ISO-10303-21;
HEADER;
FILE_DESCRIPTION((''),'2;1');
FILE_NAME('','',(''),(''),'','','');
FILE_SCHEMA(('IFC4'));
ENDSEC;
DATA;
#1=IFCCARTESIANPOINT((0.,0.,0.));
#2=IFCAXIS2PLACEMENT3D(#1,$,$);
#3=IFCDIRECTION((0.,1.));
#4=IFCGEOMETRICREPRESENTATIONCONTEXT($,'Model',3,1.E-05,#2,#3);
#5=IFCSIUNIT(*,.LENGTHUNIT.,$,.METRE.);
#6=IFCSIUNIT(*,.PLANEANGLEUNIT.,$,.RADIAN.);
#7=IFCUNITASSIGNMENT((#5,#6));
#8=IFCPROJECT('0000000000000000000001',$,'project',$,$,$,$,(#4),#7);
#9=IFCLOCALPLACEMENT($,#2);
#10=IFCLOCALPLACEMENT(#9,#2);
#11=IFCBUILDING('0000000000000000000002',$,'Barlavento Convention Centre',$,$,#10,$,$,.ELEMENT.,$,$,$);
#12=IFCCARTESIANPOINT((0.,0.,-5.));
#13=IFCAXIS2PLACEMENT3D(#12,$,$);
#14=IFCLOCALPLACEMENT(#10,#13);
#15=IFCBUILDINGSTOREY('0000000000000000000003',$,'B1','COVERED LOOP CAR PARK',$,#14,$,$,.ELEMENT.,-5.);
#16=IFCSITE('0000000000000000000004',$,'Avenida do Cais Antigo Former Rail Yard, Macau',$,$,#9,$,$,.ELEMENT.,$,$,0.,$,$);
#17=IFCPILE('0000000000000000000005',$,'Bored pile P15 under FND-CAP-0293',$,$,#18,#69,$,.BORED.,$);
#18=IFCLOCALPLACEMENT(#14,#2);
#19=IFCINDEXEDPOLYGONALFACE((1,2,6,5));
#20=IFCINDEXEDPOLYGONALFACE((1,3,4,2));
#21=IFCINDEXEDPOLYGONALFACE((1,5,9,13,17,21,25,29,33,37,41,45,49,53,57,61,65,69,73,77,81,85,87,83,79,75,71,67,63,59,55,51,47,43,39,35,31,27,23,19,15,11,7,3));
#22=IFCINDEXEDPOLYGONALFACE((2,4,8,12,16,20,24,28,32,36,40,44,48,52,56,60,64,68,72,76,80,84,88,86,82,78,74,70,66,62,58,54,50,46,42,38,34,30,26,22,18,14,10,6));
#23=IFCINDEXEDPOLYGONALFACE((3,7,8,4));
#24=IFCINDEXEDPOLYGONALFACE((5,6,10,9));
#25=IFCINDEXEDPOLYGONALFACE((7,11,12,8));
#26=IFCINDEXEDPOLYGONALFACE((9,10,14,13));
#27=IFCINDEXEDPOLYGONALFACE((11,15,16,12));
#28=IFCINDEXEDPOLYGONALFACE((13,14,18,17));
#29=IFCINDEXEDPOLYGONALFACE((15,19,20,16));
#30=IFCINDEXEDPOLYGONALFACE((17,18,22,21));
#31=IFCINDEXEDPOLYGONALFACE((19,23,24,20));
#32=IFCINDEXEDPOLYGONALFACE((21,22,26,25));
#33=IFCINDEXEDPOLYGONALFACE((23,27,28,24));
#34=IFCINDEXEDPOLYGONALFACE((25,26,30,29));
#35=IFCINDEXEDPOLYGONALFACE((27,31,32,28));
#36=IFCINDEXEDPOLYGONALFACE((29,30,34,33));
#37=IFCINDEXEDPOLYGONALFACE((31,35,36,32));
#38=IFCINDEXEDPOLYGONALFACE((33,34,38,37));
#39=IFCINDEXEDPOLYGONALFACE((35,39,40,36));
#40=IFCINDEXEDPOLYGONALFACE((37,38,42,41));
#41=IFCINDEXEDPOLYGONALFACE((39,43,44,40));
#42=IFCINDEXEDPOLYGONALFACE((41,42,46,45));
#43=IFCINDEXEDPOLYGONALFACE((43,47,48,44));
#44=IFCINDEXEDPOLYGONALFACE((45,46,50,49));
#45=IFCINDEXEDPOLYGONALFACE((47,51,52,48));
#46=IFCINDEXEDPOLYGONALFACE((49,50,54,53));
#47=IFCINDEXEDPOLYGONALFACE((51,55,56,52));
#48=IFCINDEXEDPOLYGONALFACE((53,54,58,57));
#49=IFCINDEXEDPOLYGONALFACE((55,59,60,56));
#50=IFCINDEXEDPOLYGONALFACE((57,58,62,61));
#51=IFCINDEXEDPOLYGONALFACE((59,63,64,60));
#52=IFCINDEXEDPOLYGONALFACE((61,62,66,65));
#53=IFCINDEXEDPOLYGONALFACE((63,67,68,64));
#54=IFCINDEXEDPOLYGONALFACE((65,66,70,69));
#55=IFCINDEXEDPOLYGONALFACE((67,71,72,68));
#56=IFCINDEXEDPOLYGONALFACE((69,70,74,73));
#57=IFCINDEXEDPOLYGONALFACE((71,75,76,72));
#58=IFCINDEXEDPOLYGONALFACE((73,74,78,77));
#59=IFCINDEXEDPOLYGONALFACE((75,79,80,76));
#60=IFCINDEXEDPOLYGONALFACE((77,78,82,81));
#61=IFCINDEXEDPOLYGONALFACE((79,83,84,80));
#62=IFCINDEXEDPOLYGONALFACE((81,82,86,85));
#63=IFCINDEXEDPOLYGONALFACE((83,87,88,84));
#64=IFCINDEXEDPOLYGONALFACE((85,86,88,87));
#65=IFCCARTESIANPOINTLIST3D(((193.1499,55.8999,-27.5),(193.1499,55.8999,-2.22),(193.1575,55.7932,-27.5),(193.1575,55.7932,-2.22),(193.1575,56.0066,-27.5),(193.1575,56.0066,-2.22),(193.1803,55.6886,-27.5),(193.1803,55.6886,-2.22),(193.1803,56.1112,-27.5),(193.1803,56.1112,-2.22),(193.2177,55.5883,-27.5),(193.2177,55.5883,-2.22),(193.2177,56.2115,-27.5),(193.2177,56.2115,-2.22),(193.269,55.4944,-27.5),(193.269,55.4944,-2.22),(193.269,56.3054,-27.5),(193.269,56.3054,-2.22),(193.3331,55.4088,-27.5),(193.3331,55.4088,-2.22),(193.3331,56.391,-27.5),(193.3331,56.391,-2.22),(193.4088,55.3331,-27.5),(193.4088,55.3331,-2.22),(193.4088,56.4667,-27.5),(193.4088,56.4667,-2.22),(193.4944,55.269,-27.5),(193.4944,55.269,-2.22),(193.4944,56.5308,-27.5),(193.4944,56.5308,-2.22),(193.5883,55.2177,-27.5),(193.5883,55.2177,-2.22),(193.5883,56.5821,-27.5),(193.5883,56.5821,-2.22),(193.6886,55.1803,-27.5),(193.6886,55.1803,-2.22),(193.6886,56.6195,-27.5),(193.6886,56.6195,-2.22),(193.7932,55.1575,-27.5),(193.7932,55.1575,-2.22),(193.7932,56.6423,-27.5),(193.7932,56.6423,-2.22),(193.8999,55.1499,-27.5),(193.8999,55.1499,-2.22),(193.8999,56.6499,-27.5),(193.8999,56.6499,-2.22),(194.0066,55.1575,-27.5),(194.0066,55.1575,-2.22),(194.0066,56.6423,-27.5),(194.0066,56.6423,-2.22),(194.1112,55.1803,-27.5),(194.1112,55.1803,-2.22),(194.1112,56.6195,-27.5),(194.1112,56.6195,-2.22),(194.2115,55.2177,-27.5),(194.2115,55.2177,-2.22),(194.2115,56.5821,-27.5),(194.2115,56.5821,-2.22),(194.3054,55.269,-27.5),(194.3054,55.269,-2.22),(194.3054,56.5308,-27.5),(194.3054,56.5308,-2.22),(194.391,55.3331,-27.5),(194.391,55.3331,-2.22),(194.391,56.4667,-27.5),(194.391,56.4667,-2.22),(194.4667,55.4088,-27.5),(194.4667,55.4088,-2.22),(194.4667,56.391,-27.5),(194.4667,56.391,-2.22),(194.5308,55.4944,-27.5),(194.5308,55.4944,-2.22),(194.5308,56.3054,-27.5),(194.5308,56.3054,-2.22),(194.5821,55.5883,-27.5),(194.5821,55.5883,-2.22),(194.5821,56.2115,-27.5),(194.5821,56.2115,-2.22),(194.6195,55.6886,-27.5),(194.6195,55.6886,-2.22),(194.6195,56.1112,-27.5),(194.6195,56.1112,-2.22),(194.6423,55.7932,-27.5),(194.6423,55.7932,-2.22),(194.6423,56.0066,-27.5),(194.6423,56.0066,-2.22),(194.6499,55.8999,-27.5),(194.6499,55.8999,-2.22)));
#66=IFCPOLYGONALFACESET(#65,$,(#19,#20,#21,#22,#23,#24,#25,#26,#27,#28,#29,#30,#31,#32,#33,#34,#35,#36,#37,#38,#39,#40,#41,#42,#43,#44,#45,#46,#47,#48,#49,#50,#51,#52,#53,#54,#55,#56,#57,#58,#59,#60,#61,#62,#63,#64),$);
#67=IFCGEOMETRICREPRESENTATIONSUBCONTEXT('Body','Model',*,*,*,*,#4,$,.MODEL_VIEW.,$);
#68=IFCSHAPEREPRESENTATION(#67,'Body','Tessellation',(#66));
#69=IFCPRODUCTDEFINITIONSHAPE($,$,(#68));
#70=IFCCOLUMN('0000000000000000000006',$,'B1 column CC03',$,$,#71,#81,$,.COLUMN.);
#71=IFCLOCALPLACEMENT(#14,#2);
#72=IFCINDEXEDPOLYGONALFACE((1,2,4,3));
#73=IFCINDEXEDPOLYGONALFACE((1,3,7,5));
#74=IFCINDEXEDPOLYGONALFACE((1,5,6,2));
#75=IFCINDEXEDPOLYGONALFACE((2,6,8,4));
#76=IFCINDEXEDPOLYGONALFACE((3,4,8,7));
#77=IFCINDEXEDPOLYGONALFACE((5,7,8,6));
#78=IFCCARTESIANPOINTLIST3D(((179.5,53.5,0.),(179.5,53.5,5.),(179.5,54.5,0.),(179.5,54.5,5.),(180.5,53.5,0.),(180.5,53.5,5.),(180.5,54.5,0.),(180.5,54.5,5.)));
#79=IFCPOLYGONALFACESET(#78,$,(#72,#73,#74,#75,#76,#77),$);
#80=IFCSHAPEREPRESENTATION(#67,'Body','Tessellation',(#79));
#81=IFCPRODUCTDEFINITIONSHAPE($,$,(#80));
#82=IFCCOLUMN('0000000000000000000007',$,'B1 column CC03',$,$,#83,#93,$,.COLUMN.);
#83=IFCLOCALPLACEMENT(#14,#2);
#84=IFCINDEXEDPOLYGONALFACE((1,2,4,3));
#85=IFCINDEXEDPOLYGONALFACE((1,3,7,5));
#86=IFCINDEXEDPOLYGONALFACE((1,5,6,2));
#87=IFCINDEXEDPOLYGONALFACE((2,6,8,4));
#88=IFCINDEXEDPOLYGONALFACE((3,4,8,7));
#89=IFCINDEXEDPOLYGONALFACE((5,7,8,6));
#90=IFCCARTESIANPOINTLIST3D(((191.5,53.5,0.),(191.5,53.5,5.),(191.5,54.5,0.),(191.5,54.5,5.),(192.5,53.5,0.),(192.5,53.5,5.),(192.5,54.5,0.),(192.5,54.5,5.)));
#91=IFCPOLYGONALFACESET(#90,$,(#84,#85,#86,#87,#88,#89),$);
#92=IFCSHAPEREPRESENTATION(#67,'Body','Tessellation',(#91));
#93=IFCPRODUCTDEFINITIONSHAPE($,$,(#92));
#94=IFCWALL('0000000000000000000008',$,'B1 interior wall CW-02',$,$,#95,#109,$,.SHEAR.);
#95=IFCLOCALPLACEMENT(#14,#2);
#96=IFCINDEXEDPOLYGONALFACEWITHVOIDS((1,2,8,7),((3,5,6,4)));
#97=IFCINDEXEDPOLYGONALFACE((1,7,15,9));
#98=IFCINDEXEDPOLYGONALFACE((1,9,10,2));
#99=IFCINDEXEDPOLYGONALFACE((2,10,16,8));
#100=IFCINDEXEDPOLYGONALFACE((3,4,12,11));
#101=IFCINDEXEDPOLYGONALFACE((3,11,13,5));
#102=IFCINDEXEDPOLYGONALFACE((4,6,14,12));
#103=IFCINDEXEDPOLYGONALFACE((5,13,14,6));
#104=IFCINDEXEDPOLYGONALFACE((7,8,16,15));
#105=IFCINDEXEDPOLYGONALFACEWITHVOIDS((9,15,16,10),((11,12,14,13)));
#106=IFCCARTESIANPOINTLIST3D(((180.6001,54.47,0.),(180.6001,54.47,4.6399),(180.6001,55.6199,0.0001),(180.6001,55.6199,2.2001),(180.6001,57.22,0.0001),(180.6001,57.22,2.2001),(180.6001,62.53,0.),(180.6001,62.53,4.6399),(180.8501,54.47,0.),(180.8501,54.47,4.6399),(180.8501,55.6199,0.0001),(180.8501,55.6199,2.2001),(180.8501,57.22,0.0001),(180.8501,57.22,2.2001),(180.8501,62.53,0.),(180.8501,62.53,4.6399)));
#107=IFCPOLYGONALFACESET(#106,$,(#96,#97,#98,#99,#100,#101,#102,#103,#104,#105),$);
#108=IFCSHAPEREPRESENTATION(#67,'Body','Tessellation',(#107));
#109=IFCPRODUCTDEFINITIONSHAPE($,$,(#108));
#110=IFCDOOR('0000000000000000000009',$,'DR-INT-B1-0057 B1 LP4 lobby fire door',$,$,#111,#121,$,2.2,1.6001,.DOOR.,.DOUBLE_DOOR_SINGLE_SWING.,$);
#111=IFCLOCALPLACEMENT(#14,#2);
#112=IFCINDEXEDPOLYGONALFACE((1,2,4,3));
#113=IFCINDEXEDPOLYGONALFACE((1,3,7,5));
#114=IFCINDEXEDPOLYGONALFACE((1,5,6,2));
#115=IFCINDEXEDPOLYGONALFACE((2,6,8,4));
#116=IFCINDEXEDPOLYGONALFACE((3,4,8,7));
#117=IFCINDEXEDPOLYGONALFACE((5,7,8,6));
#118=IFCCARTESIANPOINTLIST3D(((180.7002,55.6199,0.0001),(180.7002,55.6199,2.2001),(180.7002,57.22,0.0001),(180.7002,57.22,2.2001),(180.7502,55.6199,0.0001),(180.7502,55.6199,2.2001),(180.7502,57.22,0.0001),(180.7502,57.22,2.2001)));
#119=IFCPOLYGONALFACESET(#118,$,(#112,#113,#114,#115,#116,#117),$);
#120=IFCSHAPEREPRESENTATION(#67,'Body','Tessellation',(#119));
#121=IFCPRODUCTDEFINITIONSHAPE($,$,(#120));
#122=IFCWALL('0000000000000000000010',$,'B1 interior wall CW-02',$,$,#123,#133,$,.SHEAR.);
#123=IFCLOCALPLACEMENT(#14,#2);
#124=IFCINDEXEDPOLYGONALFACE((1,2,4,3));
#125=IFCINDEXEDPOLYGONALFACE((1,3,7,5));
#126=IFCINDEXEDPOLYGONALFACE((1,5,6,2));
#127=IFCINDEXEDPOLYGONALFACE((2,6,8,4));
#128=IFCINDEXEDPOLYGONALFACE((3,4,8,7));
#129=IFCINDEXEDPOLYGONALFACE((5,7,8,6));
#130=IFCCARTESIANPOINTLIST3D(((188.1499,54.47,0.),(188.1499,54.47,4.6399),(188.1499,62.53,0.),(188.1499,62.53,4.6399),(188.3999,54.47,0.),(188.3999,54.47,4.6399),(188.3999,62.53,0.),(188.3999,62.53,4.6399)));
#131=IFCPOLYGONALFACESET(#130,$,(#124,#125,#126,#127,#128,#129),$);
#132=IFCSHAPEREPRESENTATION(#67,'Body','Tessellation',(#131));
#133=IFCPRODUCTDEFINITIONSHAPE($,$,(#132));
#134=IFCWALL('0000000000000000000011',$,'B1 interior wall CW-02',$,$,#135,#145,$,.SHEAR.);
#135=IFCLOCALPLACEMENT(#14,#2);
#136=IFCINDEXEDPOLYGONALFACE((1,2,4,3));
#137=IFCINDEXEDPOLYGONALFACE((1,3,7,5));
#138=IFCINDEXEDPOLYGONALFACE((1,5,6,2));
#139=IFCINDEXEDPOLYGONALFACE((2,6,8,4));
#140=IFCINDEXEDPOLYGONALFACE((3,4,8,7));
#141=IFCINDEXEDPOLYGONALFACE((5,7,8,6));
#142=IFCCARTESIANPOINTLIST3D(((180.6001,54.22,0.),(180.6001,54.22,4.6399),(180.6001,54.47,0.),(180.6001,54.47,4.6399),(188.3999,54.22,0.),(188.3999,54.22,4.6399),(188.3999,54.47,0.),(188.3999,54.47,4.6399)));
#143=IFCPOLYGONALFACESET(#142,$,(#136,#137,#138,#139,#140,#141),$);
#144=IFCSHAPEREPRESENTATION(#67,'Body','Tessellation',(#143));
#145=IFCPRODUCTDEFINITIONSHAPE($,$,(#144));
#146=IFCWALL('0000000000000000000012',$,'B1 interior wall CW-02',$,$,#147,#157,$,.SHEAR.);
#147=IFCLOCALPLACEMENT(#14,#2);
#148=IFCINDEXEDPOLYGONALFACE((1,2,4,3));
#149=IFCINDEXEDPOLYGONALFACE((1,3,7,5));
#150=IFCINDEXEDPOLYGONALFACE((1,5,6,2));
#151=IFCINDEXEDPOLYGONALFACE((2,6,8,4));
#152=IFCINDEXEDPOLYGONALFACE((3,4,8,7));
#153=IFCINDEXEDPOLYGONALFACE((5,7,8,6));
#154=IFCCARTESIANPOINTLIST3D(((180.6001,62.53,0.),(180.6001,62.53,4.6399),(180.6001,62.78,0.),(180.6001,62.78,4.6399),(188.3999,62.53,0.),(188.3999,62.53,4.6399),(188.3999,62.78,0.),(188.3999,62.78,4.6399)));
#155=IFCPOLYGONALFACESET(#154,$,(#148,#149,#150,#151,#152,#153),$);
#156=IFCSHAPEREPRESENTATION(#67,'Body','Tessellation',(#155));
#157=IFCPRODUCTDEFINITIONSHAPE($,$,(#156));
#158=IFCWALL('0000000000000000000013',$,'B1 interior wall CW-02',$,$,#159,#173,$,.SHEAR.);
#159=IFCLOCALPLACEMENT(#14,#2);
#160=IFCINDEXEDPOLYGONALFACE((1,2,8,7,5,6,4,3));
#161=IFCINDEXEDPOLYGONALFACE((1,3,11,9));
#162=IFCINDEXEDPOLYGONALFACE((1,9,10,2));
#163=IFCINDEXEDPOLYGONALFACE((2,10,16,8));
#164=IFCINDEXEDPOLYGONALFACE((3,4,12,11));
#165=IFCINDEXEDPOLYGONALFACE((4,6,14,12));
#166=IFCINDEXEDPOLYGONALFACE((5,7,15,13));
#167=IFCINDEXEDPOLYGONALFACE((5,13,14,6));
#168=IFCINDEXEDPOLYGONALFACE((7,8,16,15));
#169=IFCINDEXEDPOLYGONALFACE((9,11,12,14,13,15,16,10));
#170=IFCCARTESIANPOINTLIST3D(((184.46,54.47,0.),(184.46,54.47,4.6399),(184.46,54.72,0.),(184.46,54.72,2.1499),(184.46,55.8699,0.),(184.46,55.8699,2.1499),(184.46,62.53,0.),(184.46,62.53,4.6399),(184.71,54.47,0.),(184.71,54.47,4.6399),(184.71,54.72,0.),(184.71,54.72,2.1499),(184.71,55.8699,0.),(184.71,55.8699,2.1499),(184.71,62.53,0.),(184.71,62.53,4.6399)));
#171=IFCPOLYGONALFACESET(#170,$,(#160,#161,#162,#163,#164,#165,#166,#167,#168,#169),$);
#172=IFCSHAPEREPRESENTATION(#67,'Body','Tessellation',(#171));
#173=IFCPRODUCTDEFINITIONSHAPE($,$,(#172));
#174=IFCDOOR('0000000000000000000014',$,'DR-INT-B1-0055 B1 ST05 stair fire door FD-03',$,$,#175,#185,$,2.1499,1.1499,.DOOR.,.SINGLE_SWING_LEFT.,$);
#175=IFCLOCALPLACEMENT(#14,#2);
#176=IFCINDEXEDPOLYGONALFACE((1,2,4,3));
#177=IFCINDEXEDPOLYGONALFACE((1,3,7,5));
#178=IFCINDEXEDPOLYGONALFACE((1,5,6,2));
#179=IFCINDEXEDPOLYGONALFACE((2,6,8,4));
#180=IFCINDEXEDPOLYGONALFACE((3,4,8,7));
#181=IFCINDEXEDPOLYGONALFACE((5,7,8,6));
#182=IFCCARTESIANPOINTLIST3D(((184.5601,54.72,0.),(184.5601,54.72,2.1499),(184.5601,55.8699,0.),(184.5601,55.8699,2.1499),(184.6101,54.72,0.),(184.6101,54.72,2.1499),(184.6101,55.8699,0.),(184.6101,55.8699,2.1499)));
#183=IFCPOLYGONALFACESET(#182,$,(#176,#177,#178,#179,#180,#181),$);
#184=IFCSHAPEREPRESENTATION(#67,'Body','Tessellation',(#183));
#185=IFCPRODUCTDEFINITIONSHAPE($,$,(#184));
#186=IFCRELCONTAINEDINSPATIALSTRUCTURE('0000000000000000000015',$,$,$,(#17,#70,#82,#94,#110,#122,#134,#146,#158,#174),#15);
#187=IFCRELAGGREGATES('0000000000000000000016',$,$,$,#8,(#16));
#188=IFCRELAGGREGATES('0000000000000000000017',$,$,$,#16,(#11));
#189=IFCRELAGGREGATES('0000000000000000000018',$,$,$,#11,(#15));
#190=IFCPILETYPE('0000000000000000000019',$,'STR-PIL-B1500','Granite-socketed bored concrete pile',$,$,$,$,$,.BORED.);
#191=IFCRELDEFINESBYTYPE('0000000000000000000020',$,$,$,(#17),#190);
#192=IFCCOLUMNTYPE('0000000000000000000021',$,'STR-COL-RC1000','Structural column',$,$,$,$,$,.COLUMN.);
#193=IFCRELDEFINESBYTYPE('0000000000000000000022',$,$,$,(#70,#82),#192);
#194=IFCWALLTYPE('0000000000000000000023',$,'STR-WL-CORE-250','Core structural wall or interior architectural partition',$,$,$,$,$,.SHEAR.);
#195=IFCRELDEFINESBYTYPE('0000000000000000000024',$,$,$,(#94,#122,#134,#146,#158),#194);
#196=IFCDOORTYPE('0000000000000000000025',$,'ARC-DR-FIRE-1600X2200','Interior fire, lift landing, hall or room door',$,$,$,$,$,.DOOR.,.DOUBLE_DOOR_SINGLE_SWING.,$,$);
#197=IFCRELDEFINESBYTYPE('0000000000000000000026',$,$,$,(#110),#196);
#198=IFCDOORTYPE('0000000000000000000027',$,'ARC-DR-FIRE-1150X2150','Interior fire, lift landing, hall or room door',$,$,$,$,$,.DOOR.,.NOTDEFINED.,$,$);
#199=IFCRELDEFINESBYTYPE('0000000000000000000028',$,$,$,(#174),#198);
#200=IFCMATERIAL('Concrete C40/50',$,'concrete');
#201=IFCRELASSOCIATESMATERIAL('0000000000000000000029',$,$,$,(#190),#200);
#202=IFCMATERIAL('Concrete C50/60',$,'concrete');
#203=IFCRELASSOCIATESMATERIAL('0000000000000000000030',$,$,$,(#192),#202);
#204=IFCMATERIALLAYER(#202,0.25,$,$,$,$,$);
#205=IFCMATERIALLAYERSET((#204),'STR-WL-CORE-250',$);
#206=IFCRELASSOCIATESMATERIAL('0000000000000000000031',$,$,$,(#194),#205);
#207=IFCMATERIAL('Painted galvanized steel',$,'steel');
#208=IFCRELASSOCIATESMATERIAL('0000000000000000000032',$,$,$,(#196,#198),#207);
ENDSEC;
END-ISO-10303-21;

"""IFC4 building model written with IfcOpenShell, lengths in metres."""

from ifc_helpers import new_model, si_unit, direction, frame, frame_2d, origin, origin_2d, place, context, subcontext, project, spatial, rectangle, circle, extrude, material, layer, layer_set, material_profile, profile_set, type_object, element, fill, save


model = new_model("IFC4")

# Units and contexts
model_context = context("Model", 3, precision=1e-05, world=origin(), true_north=direction((0.0, 1.0)))
body_context = subcontext(model_context, "Body", "Model", "MODEL_VIEW")
ifc_project = project(units=[si_unit("LENGTHUNIT", "METRE"), si_unit("PLANEANGLEUNIT", "RADIAN")], contexts=[model_context])

# Site, building, storey
site_placement = place(None, origin())
site = spatial("IfcSite", under=ifc_project, at=site_placement, Name="Avenida do Cais Antigo Former Rail Yard, Macau", CompositionType="ELEMENT", RefElevation=0.0)
building_placement = place(site_placement, origin())
building = spatial("IfcBuilding", under=site, at=building_placement, Name="Barlavento Convention Centre", CompositionType="ELEMENT")
storey_placement = place(building_placement, frame((0.0, 0.0, -5.0)))
storey = spatial("IfcBuildingStorey", under=building, at=storey_placement, Name="B1", Description="COVERED LOOP CAR PARK", CompositionType="ELEMENT", Elevation=-5.0)

# Shared definitions
ifc_material_1 = material(Name="Concrete C40/50", Category="concrete")

# Pile
ifc_material_profile_1 = material_profile(ifc_material_1, circle(Radius=0.75, at=origin_2d()), Name="BORED PILE 1500")
ifc_profile_set_1 = profile_set([ifc_material_profile_1], Name="Concrete C40/50")
pile_type_1 = type_object("IfcPileType", Name="STR-PIL-B1500", Description="Granite-socketed bored concrete pile", PredefinedType="BORED", material=ifc_profile_set_1)
for number, where, z_axis, x_axis, name in (
    (1, (193.8999, 55.8999, -2.22), (0.0, 0.0, -1.0), (1.0, 0.0, 0.0), "Bored pile P15 under FND-CAP-0293"),
):
    element("IfcPile", number, at=place(storey_placement, frame(where, z_axis=z_axis, x_axis=x_axis)), inside=storey, type_object=pile_type_1, Name=name, PredefinedType="BORED", context=body_context, shape_type="SweptSolid", body=[
        extrude(circle(Radius=0.75, at=origin_2d()), origin(), (0.0, 0.0, 1.0), 25.28),
    ])

# Columns
ifc_material_2 = material(Name="Concrete C50/60", Category="concrete")
ifc_material_profile_2 = material_profile(ifc_material_2, rectangle(XDim=1.0, YDim=1.0, at=origin_2d()), Name="RC 1000x1000")
ifc_profile_set_2 = profile_set([ifc_material_profile_2], Name="Concrete C50/60")
column_type = type_object("IfcColumnType", Name="STR-COL-RC1000", Description="Structural column", PredefinedType="COLUMN", material=ifc_profile_set_2)
for number, where, z_axis, x_axis, name in (
    (2, (180.0, 54.0, 0.0), (0.0, 0.0, 1.0), (1.0, 0.0, 0.0), "B1 column CC03"),
    (3, (192.0, 54.0, 0.0), (0.0, 0.0, 1.0), (1.0, 0.0, 0.0), "B1 column CC03"),
):
    element("IfcColumn", number, at=place(storey_placement, frame(where, z_axis=z_axis, x_axis=x_axis)), inside=storey, type_object=column_type, Name=name, PredefinedType="COLUMN", context=body_context, shape_type="SweptSolid", body=[
        extrude(rectangle(XDim=1.0, YDim=1.0, at=origin_2d()), origin(), (0.0, 0.0, 1.0), 5.0),
    ])

# Wall, opening, door
ifc_layer = layer(ifc_material_2, 0.25)
ifc_layer_set = layer_set([ifc_layer], Name="STR-WL-CORE-250")
wall_type = type_object("IfcWallType", Name="STR-WL-CORE-250", Description="Core structural wall or interior architectural partition", PredefinedType="SHEAR", material=ifc_layer_set)
wall_1_placement = place(storey_placement, frame((180.7251, 54.47, 0.0), z_axis=(0.0, 0.0, 1.0), x_axis=(0.0, 1.0, 0.0)))
wall_1 = element("IfcWall", 4, at=wall_1_placement, inside=storey, type_object=wall_type, Name="B1 interior wall CW-02", PredefinedType="SHEAR", context=body_context, shape_type="SweptSolid", body=[
    extrude(rectangle(XDim=8.0601, YDim=0.25, at=frame_2d((4.03, 0.0))), origin(), (0.0, 0.0, 1.0), 4.6399),
])
opening_1_placement = place(wall_1_placement, frame((1.1499, 0.0, 0.0)))
opening_1 = element("IfcOpeningElement", 5, at=opening_1_placement, cuts=wall_1, PredefinedType="OPENING", context=body_context, shape_type="SweptSolid", body=[
    extrude(rectangle(XDim=1.6001, YDim=2.2, at=frame_2d((0.8, 1.1001))), frame((0.0, 0.135, 0.0), z_axis=(0.0, -1.0, 0.0), x_axis=(1.0, 0.0, 0.0)), (0.0, 0.0, 1.0), 0.27),
])
ifc_material_3 = material(Name="Painted galvanized steel", Category="steel")
door_type_1 = type_object("IfcDoorType", Name="ARC-DR-FIRE-1600X2200", Description="Interior fire, lift landing, hall or room door", OperationType="DOUBLE_DOOR_SINGLE_SWING", PredefinedType="DOOR", material=ifc_material_3)
door_1_placement = place(opening_1_placement, origin())
door_1 = element("IfcDoor", 6, at=door_1_placement, inside=storey, type_object=door_type_1, Name="DR-INT-B1-0057 B1 LP4 lobby fire door", OperationType="DOUBLE_DOOR_SINGLE_SWING", OverallHeight=2.2, OverallWidth=1.6001, PredefinedType="DOOR", context=body_context, shape_type="SweptSolid", body=[
    extrude(rectangle(XDim=1.6001, YDim=2.2, at=frame_2d((0.8, 1.1001))), frame((0.0, 0.0249, 0.0), z_axis=(0.0, -1.0, 0.0), x_axis=(1.0, 0.0, 0.0)), (0.0, 0.0, 1.0), 0.05),
])
fill(opening_1, door_1)

# Walls
wall_2_placement = place(storey_placement, frame((188.2749, 54.47, 0.0), z_axis=(0.0, 0.0, 1.0), x_axis=(0.0, 1.0, 0.0)))
element("IfcWall", 7, at=wall_2_placement, inside=storey, type_object=wall_type, Name="B1 interior wall CW-02", PredefinedType="SHEAR", context=body_context, shape_type="SweptSolid", body=[
    extrude(rectangle(XDim=8.0601, YDim=0.25, at=frame_2d((4.03, 0.0))), origin(), (0.0, 0.0, 1.0), 4.6399),
])
for number, where, z_axis, x_axis, name in (
    (8, (180.6001, 54.345, 0.0), (0.0, 0.0, 1.0), (1.0, 0.0, 0.0), "B1 interior wall CW-02"),
    (9, (180.6001, 62.655, 0.0), (0.0, 0.0, 1.0), (1.0, 0.0, 0.0), "B1 interior wall CW-02"),
):
    element("IfcWall", number, at=place(storey_placement, frame(where, z_axis=z_axis, x_axis=x_axis)), inside=storey, type_object=wall_type, Name=name, PredefinedType="SHEAR", context=body_context, shape_type="SweptSolid", body=[
        extrude(rectangle(XDim=7.7998, YDim=0.25, at=frame_2d((3.8999, 0.0))), origin(), (0.0, 0.0, 1.0), 4.6399),
    ])

# Wall, opening, door
wall_3_placement = place(storey_placement, frame((184.585, 54.47, 0.0), z_axis=(0.0, 0.0, 1.0), x_axis=(0.0, 1.0, 0.0)))
wall_3 = element("IfcWall", 10, at=wall_3_placement, inside=storey, type_object=wall_type, Name="B1 interior wall CW-02", PredefinedType="SHEAR", context=body_context, shape_type="SweptSolid", body=[
    extrude(rectangle(XDim=8.0601, YDim=0.25, at=frame_2d((4.03, 0.0))), origin(), (0.0, 0.0, 1.0), 4.6399),
])
opening_2_placement = place(wall_3_placement, frame((0.25, 0.0, 0.0)))
opening_2 = element("IfcOpeningElement", 11, at=opening_2_placement, cuts=wall_3, PredefinedType="OPENING", context=body_context, shape_type="SweptSolid", body=[
    extrude(rectangle(XDim=1.1499, YDim=2.1499, at=frame_2d((0.575, 1.075))), frame((0.0, 0.135, 0.0), z_axis=(0.0, -1.0, 0.0), x_axis=(1.0, 0.0, 0.0)), (0.0, 0.0, 1.0), 0.27),
])
door_type_2 = type_object("IfcDoorType", Name="ARC-DR-FIRE-1150X2150", Description="Interior fire, lift landing, hall or room door", OperationType="NOTDEFINED", PredefinedType="DOOR", material=ifc_material_3)
door_2_placement = place(opening_2_placement, origin())
door_2 = element("IfcDoor", 12, at=door_2_placement, inside=storey, type_object=door_type_2, Name="DR-INT-B1-0055 B1 ST05 stair fire door FD-03", OperationType="SINGLE_SWING_LEFT", OverallHeight=2.1499, OverallWidth=1.1499, PredefinedType="DOOR", context=body_context, shape_type="SweptSolid", body=[
    extrude(rectangle(XDim=1.1499, YDim=2.1499, at=frame_2d((0.575, 1.075))), frame((0.0, 0.0249, 0.0), z_axis=(0.0, -1.0, 0.0), x_axis=(1.0, 0.0, 0.0)), (0.0, 0.0, 1.0), 0.05),
])
fill(opening_2, door_2)

save(model, "model.ifc")
